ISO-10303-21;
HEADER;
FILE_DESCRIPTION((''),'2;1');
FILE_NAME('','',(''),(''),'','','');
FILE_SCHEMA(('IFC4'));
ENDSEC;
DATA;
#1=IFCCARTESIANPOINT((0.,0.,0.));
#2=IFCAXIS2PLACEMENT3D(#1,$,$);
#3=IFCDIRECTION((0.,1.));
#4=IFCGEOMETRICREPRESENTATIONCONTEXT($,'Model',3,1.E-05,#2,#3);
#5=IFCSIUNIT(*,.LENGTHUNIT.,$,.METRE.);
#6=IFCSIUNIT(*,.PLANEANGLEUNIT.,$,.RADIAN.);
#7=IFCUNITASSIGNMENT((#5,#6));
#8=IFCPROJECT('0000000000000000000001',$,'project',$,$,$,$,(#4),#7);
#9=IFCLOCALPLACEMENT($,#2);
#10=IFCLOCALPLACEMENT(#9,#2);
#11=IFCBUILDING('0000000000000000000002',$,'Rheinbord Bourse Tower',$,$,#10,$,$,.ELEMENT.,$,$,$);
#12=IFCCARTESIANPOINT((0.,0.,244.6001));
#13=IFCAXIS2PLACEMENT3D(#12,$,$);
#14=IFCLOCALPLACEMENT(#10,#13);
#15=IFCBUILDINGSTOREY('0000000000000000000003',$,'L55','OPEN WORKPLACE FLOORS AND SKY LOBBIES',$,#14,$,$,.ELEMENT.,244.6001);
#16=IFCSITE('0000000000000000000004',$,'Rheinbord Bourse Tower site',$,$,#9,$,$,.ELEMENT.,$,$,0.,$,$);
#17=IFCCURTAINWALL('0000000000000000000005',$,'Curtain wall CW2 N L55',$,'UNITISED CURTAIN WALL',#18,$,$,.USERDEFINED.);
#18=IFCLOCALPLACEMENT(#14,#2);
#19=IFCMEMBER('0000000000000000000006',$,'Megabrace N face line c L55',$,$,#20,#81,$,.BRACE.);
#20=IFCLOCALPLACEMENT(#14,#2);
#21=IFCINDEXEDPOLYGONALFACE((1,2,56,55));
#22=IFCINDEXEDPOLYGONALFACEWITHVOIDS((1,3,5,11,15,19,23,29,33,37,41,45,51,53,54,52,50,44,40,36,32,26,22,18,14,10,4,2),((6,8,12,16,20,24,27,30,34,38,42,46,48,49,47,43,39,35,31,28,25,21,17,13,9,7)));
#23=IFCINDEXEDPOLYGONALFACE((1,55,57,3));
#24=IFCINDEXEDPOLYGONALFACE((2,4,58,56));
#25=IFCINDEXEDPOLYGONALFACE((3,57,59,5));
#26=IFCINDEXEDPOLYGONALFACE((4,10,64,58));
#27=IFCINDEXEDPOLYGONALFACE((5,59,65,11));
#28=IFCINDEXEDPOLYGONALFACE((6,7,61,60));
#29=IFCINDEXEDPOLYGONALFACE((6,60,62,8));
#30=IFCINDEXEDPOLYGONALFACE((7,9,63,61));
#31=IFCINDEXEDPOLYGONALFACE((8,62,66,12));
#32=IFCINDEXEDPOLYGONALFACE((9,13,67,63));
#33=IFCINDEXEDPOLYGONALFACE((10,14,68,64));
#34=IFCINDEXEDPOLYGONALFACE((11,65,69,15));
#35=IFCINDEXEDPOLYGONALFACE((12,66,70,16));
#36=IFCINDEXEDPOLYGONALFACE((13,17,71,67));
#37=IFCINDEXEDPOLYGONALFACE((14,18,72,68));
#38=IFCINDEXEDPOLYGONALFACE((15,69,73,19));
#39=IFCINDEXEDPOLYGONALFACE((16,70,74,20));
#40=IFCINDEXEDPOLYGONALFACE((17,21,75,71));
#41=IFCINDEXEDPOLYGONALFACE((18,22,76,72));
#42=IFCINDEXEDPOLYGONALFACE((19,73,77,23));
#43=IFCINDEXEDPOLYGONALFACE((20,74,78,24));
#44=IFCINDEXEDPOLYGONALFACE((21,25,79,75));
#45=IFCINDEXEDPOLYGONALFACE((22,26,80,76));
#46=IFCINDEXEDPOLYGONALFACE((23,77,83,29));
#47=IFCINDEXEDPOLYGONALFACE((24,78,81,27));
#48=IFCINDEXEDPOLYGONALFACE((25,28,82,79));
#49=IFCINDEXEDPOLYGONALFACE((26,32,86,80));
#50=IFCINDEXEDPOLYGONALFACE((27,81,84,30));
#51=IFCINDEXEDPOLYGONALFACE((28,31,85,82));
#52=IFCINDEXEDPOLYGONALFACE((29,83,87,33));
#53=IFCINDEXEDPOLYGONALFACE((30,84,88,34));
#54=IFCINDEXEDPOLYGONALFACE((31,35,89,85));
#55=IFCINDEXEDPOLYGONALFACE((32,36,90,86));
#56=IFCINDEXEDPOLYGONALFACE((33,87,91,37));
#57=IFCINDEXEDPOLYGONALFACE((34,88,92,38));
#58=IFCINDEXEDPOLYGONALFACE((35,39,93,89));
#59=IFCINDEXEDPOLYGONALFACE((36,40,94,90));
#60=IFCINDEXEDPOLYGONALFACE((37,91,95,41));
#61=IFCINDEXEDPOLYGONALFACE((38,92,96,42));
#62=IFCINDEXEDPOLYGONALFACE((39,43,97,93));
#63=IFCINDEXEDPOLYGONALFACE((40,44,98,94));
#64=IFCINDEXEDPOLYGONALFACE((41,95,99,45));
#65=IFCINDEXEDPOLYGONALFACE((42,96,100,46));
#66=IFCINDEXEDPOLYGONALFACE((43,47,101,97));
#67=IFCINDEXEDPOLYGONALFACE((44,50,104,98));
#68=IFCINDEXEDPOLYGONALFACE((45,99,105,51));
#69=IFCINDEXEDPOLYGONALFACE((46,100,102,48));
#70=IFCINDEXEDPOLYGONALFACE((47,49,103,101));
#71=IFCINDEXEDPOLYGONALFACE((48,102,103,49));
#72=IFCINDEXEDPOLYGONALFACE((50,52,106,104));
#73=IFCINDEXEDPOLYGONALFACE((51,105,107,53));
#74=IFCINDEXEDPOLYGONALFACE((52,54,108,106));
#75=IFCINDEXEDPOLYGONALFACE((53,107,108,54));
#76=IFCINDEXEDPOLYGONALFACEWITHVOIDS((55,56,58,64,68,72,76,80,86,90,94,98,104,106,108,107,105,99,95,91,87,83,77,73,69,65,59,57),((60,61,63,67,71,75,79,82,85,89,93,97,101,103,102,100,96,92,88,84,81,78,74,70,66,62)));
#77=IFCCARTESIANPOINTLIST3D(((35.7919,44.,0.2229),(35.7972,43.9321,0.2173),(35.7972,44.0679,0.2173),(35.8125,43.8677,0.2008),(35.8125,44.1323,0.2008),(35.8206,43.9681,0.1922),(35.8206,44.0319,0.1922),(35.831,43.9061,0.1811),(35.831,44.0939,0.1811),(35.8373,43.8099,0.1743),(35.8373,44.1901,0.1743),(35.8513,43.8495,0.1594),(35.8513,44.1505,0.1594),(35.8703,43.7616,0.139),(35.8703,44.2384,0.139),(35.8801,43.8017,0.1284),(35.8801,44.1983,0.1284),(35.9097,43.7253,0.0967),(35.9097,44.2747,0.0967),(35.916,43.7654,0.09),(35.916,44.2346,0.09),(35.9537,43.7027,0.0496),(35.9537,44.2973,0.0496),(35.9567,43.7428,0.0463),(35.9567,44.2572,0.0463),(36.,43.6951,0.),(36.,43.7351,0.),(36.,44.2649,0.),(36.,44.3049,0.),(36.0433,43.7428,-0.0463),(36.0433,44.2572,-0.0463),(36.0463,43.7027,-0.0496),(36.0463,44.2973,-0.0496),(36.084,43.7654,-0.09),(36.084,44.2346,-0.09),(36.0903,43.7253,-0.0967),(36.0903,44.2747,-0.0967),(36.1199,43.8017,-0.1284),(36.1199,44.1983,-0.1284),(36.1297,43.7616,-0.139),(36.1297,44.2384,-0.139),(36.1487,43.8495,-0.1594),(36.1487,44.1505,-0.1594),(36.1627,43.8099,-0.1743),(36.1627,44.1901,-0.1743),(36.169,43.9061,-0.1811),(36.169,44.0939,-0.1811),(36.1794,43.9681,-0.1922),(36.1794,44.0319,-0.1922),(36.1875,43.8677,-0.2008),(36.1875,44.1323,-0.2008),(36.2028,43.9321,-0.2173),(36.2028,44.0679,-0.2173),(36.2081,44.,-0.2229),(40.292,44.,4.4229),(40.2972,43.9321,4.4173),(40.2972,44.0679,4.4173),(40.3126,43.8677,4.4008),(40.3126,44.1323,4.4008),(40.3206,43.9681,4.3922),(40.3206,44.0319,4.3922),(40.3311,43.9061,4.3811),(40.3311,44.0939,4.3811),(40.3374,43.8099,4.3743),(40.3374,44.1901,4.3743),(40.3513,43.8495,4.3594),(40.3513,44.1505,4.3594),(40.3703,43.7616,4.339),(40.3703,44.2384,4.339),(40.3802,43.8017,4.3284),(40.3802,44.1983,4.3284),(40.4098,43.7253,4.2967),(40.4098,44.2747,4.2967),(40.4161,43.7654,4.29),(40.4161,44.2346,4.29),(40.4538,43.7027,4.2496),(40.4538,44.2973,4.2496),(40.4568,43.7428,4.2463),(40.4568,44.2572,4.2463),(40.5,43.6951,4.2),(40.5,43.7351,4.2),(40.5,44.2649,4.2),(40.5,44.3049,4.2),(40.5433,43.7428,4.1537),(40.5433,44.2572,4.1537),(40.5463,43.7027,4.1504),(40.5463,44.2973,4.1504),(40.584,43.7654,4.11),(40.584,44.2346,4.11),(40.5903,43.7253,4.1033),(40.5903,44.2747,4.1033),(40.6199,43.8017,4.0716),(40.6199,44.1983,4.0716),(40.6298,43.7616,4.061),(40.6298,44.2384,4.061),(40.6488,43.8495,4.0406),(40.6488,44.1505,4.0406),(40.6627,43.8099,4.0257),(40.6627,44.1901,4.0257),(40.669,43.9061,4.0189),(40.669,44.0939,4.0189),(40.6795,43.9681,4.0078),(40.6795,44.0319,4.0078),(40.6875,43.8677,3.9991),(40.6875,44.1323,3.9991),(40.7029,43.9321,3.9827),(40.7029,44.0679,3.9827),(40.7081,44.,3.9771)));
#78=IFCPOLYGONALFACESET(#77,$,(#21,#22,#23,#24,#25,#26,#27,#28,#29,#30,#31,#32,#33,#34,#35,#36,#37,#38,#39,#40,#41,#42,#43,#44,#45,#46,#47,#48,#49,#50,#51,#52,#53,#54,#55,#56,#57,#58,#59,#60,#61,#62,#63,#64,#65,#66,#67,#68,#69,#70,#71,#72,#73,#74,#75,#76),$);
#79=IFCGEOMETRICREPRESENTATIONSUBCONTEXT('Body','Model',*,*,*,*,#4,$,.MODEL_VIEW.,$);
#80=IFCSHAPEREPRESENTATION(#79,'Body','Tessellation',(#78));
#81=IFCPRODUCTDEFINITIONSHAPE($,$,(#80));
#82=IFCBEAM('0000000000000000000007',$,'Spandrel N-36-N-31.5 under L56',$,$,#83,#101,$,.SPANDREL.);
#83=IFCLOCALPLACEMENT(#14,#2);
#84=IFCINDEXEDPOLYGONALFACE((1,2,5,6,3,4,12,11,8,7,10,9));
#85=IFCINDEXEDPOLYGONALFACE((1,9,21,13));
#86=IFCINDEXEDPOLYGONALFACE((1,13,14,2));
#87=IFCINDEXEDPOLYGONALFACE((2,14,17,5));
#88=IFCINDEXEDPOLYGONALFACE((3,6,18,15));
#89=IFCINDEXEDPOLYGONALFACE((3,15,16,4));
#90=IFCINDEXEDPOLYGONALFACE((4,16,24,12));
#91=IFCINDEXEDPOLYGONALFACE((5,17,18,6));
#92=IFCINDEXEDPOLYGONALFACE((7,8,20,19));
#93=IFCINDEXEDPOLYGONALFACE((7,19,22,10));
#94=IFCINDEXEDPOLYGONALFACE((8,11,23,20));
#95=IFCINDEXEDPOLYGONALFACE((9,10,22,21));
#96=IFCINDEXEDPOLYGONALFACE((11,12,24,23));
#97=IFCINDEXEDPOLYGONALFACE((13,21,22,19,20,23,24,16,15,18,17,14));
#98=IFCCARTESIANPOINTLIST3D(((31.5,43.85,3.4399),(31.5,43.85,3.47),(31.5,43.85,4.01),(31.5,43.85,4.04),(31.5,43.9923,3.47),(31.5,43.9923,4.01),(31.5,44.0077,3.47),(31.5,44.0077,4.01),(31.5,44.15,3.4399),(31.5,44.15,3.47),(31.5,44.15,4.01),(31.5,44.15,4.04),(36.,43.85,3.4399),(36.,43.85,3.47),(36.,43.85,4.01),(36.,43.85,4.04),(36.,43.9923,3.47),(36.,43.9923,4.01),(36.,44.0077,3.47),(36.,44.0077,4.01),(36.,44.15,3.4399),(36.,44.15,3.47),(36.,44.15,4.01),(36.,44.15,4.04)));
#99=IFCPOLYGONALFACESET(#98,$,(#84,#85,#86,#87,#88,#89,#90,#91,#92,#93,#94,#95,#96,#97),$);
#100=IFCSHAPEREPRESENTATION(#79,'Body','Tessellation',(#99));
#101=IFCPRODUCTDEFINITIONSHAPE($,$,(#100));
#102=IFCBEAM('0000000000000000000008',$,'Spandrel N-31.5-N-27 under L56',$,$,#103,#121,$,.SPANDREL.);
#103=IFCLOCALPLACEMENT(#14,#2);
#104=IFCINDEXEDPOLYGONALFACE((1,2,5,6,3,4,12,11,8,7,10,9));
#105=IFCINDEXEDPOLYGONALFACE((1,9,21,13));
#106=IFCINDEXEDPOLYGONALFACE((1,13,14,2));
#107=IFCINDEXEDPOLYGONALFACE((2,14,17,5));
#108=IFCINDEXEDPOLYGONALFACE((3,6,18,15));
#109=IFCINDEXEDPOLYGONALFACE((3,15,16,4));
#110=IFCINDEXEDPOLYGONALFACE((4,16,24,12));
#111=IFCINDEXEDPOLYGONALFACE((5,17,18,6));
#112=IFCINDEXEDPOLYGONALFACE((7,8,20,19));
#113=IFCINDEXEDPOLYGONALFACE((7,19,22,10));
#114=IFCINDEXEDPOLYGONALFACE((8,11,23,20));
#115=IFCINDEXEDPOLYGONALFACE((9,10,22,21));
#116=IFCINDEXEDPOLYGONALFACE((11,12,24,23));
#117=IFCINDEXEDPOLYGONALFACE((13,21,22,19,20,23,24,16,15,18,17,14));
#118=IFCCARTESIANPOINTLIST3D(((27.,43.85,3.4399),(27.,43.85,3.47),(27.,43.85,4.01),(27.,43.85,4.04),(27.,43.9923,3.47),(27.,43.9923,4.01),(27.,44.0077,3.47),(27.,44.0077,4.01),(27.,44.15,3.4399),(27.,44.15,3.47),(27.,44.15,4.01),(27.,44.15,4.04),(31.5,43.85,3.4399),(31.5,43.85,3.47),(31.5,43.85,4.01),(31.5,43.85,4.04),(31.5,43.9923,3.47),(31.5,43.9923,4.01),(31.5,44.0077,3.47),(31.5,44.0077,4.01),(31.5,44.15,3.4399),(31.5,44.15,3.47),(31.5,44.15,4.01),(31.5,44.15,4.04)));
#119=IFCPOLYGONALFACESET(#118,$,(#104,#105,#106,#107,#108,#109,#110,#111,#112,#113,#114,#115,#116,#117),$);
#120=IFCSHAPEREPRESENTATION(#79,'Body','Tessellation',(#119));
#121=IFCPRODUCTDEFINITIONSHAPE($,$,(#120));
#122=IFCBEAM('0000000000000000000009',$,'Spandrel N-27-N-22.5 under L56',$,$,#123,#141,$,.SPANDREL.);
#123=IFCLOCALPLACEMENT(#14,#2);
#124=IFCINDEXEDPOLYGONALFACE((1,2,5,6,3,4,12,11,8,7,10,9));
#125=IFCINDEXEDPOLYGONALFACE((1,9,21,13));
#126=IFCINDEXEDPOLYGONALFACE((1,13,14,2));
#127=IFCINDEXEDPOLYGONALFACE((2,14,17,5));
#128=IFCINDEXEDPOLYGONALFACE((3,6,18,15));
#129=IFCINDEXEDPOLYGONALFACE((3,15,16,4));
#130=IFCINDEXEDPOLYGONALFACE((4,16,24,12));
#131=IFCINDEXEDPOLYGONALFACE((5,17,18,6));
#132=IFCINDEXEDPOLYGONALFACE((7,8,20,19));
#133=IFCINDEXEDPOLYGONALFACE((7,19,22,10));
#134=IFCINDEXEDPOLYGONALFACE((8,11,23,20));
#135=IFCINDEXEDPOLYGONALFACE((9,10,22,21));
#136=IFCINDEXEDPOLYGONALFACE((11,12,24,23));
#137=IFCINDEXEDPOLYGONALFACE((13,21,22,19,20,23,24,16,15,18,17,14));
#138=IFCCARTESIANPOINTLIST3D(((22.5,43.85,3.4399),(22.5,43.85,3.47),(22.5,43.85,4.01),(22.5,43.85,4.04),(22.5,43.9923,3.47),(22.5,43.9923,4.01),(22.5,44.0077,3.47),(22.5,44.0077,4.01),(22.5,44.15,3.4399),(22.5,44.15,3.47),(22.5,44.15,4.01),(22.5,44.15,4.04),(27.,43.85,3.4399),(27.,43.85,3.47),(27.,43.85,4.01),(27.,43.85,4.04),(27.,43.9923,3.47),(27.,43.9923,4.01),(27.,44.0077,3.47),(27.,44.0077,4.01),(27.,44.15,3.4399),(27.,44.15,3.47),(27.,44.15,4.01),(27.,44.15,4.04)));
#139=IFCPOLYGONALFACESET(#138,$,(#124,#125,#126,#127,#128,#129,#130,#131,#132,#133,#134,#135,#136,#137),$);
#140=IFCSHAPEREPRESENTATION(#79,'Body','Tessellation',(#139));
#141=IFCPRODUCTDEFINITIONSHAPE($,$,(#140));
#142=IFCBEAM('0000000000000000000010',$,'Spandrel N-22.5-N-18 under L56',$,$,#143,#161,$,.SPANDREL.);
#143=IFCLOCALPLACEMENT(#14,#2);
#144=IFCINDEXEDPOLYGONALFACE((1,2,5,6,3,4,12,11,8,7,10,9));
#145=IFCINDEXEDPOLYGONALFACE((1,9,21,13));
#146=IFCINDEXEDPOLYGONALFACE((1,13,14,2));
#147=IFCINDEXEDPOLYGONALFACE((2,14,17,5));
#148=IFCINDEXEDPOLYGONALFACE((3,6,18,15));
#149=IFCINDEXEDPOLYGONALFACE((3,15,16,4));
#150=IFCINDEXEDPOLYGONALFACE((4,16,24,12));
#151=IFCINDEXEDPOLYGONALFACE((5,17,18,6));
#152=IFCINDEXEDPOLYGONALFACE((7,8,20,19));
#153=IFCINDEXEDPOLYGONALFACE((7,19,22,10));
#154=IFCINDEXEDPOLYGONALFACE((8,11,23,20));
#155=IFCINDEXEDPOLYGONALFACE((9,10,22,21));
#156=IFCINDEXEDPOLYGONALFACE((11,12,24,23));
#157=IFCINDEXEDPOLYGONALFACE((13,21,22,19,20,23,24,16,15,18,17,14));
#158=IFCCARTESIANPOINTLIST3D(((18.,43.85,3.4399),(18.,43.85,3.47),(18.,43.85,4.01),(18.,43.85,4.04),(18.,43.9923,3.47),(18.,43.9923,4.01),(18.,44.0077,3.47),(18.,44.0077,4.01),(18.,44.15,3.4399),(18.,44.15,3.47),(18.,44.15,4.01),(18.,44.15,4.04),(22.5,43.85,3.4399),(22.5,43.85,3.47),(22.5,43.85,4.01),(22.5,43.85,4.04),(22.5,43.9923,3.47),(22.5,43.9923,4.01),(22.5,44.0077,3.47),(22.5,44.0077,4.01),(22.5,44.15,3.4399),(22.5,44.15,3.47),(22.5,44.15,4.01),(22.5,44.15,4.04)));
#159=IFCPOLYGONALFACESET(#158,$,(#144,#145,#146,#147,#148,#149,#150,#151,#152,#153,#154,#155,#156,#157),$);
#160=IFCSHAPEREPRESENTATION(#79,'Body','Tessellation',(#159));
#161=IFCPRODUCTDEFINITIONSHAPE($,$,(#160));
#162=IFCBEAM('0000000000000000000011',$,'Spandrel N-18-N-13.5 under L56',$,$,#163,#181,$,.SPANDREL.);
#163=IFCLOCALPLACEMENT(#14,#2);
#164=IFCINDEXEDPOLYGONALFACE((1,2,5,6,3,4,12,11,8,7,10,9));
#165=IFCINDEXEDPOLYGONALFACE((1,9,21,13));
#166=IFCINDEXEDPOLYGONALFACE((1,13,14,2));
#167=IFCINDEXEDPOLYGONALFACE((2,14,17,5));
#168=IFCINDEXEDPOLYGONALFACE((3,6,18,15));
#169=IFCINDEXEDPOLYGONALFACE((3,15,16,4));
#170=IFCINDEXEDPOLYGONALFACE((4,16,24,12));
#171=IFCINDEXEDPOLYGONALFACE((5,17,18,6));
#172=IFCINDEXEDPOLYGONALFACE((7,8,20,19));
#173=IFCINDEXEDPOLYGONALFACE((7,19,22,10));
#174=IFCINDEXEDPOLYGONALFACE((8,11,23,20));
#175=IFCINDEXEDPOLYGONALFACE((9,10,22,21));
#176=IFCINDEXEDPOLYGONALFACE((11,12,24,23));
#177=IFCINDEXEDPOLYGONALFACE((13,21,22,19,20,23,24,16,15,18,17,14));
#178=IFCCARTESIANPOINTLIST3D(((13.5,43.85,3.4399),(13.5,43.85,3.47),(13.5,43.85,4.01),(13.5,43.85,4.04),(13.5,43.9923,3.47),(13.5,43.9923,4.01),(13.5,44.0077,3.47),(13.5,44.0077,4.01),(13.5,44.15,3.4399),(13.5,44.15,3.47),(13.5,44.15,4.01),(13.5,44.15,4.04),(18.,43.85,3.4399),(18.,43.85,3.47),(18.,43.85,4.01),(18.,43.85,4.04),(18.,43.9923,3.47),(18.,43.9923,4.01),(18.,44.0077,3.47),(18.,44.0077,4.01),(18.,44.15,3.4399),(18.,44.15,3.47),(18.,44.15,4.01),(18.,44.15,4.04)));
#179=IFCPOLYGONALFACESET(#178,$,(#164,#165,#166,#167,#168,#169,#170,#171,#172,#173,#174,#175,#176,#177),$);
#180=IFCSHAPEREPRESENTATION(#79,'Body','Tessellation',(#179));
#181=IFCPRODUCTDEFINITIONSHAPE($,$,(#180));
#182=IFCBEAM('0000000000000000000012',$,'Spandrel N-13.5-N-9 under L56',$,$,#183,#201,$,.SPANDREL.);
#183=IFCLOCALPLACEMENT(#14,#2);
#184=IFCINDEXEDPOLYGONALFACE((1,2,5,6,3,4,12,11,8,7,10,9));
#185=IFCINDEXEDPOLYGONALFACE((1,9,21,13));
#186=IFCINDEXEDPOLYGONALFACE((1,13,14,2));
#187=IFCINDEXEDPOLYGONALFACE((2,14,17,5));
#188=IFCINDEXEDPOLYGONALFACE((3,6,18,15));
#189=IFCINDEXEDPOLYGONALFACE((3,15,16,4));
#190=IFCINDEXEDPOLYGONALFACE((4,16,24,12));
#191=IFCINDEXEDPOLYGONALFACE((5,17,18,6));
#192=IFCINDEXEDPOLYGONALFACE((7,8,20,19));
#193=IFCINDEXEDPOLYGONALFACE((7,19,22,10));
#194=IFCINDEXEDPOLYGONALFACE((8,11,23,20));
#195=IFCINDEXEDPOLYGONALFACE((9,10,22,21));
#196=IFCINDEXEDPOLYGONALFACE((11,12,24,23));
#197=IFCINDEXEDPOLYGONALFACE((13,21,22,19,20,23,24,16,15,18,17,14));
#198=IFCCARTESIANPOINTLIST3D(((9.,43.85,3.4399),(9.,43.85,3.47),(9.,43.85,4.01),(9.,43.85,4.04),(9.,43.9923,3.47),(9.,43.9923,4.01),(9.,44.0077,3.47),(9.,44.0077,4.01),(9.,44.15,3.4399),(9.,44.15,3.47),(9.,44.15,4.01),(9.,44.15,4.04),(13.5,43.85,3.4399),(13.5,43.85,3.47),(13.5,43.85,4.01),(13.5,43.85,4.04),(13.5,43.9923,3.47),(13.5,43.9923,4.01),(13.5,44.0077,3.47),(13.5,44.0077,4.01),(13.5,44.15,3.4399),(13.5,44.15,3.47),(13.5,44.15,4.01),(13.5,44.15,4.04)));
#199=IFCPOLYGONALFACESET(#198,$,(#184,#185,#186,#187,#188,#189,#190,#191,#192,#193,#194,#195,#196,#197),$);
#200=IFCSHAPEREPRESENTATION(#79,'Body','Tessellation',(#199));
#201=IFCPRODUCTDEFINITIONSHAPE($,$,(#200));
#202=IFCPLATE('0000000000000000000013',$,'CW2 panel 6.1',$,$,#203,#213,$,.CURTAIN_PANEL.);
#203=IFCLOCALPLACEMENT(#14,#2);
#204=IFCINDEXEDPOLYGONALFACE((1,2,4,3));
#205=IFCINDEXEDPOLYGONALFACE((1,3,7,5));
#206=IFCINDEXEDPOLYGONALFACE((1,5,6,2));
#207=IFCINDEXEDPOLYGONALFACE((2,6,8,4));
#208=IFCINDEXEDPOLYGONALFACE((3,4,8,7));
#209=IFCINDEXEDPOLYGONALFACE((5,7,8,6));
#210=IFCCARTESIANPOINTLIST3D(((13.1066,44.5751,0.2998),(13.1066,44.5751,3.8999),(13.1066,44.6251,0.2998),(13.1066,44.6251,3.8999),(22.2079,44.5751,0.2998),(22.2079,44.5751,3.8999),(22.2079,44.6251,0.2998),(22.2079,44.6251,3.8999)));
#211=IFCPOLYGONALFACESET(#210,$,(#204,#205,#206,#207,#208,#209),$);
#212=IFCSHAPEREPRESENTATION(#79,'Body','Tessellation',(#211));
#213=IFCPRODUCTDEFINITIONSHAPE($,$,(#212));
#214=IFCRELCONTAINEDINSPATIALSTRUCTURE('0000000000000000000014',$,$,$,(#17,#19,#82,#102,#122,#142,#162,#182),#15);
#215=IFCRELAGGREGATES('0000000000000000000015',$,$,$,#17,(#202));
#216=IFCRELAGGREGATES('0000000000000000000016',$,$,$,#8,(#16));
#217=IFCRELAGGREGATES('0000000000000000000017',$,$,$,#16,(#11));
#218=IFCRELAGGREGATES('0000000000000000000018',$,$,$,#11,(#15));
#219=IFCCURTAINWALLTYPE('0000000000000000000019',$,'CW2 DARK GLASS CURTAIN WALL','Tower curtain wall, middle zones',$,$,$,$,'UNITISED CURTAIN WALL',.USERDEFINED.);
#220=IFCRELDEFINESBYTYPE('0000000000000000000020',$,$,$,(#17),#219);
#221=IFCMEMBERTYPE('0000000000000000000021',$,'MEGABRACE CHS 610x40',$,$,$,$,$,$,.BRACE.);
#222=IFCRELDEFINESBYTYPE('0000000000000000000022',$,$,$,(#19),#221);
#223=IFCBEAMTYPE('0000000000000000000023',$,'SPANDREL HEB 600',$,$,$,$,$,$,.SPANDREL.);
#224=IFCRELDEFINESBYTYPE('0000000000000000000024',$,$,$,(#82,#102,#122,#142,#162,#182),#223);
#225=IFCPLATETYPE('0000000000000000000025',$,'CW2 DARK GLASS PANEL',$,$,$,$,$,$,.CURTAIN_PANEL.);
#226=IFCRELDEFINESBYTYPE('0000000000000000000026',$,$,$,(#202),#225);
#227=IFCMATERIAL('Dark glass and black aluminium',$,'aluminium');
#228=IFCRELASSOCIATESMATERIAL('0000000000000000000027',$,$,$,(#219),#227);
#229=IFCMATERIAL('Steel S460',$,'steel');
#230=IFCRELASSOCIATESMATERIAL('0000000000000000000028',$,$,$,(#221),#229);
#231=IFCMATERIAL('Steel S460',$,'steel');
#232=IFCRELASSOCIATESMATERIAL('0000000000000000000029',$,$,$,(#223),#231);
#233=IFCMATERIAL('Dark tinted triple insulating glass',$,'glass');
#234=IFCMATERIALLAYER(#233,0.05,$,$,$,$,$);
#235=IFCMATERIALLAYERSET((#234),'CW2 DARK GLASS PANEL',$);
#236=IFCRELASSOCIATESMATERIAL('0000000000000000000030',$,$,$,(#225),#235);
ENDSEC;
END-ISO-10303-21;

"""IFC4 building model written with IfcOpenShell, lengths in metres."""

from ifc_helpers import new_model, si_unit, direction, frame, origin, origin_2d, place, context, subcontext, project, spatial, rectangle, hollow_circle, i_section, extrude, material, layer, layer_set, material_profile, profile_set, type_object, element, aggregate, save


model = new_model("IFC4")

# Units and contexts
model_context = context("Model", 3, precision=1e-05, world=origin(), true_north=direction((0.0, 1.0)))
body_context = subcontext(model_context, "Body", "Model", "MODEL_VIEW")
ifc_project = project(units=[si_unit("LENGTHUNIT", "METRE"), si_unit("PLANEANGLEUNIT", "RADIAN")], contexts=[model_context])

# Site, building, storey
site_placement = place(None, origin())
site = spatial("IfcSite", under=ifc_project, at=site_placement, Name="Rheinbord Bourse Tower site", CompositionType="ELEMENT", RefElevation=0.0)
building_placement = place(site_placement, origin())
building = spatial("IfcBuilding", under=site, at=building_placement, Name="Rheinbord Bourse Tower", CompositionType="ELEMENT")
storey_placement = place(building_placement, frame((0.0, 0.0, 244.6001)))
storey = spatial("IfcBuildingStorey", under=building, at=storey_placement, Name="L55", Description="OPEN WORKPLACE FLOORS AND SKY LOBBIES", CompositionType="ELEMENT", Elevation=244.6001)

# Curtain wall
ifc_material_1 = material(Name="Dark glass and black aluminium", Category="aluminium")
curtain_wall_type = type_object("IfcCurtainWallType", Name="CW2 DARK GLASS CURTAIN WALL", Description="Tower curtain wall, middle zones", ElementType="UNITISED CURTAIN WALL", PredefinedType="USERDEFINED", material=ifc_material_1)
curtain_wall_placement = place(storey_placement, origin())
curtain_wall = element("IfcCurtainWall", 1, at=curtain_wall_placement, inside=storey, type_object=curtain_wall_type, Name="Curtain wall CW2 N L55", ObjectType="UNITISED CURTAIN WALL", PredefinedType="USERDEFINED")

# Member
ifc_material_2 = material(Name="Steel S460", Category="steel")
ifc_material_profile_1 = material_profile(ifc_material_2, hollow_circle(Radius=0.3049, WallThickness=0.04, at=origin_2d()), Name="CHS 610x40")
ifc_profile_set_1 = profile_set([ifc_material_profile_1], Name="Steel S460")
member_type_1 = type_object("IfcMemberType", Name="MEGABRACE CHS 610x40", PredefinedType="BRACE", material=ifc_profile_set_1)
member_1_placement = place(storey_placement, frame((36.0, 44.0, 0.0), z_axis=(0.731059, 0.0, 0.682314), x_axis=(0.0, 1.0, 0.0)))
element("IfcMember", 2, at=member_1_placement, inside=storey, type_object=member_type_1, Name="Megabrace N face line c L55", PredefinedType="BRACE", context=body_context, shape_type="SweptSolid", body=[
    extrude(hollow_circle(Radius=0.3049, WallThickness=0.04, at=origin_2d()), origin(), (0.0, 0.0, 1.0), 6.1555),
])

# Beams
ifc_material_3 = material(Name="Steel S460", Category="steel")
ifc_material_profile_2 = material_profile(ifc_material_3, i_section(OverallWidth=0.3, OverallDepth=0.6001, WebThickness=0.0154, FlangeThickness=0.03, at=origin_2d()), Name="HEB 600")
ifc_profile_set_2 = profile_set([ifc_material_profile_2], Name="Steel S460")
beam_type_1 = type_object("IfcBeamType", Name="SPANDREL HEB 600", PredefinedType="SPANDREL", material=ifc_profile_set_2)
for number, where, z_axis, x_axis, name in (
    (3, (36.0, 44.0, 3.74), (-1.0, 0.0, 0.0), (0.0, -1.0, 0.0), "Spandrel N-36-N-31.5 under L56"),
    (4, (31.5, 44.0, 3.74), (-1.0, 0.0, 0.0), (0.0, -1.0, 0.0), "Spandrel N-31.5-N-27 under L56"),
    (5, (27.0, 44.0, 3.74), (-1.0, 0.0, 0.0), (0.0, -1.0, 0.0), "Spandrel N-27-N-22.5 under L56"),
    (6, (22.5, 44.0, 3.74), (-1.0, 0.0, 0.0), (0.0, -1.0, 0.0), "Spandrel N-22.5-N-18 under L56"),
    (7, (18.0, 44.0, 3.74), (-1.0, 0.0, 0.0), (0.0, -1.0, 0.0), "Spandrel N-18-N-13.5 under L56"),
    (8, (13.5, 44.0, 3.74), (-1.0, 0.0, 0.0), (0.0, -1.0, 0.0), "Spandrel N-13.5-N-9 under L56"),
):
    element("IfcBeam", number, at=place(storey_placement, frame(where, z_axis=z_axis, x_axis=x_axis)), inside=storey, type_object=beam_type_1, Name=name, PredefinedType="SPANDREL", context=body_context, shape_type="SweptSolid", body=[
        extrude(i_section(OverallWidth=0.3, OverallDepth=0.6001, WebThickness=0.0154, FlangeThickness=0.03, at=origin_2d()), origin(), (0.0, 0.0, 1.0), 4.5),
    ])

# Plate
ifc_material_4 = material(Name="Dark tinted triple insulating glass", Category="glass")
ifc_layer = layer(ifc_material_4, 0.05)
ifc_layer_set = layer_set([ifc_layer], Name="CW2 DARK GLASS PANEL")
plate_type = type_object("IfcPlateType", Name="CW2 DARK GLASS PANEL", PredefinedType="CURTAIN_PANEL", material=ifc_layer_set)
plate_1_placement = place(storey_placement, frame((17.6572, 44.6001, 0.2998), z_axis=(0.0, 0.0, 1.0), x_axis=(-1.0, 0.0, 0.0)))
plate_1 = element("IfcPlate", 9, at=plate_1_placement, type_object=plate_type, Name="CW2 panel 6.1", PredefinedType="CURTAIN_PANEL", context=body_context, shape_type="SweptSolid", body=[
    extrude(rectangle(XDim=9.1013, YDim=0.05, at=origin_2d()), origin(), (0.0, 0.0, 1.0), 3.6001),
])
aggregate(curtain_wall, [plate_1])

save(model, "model.ifc")
